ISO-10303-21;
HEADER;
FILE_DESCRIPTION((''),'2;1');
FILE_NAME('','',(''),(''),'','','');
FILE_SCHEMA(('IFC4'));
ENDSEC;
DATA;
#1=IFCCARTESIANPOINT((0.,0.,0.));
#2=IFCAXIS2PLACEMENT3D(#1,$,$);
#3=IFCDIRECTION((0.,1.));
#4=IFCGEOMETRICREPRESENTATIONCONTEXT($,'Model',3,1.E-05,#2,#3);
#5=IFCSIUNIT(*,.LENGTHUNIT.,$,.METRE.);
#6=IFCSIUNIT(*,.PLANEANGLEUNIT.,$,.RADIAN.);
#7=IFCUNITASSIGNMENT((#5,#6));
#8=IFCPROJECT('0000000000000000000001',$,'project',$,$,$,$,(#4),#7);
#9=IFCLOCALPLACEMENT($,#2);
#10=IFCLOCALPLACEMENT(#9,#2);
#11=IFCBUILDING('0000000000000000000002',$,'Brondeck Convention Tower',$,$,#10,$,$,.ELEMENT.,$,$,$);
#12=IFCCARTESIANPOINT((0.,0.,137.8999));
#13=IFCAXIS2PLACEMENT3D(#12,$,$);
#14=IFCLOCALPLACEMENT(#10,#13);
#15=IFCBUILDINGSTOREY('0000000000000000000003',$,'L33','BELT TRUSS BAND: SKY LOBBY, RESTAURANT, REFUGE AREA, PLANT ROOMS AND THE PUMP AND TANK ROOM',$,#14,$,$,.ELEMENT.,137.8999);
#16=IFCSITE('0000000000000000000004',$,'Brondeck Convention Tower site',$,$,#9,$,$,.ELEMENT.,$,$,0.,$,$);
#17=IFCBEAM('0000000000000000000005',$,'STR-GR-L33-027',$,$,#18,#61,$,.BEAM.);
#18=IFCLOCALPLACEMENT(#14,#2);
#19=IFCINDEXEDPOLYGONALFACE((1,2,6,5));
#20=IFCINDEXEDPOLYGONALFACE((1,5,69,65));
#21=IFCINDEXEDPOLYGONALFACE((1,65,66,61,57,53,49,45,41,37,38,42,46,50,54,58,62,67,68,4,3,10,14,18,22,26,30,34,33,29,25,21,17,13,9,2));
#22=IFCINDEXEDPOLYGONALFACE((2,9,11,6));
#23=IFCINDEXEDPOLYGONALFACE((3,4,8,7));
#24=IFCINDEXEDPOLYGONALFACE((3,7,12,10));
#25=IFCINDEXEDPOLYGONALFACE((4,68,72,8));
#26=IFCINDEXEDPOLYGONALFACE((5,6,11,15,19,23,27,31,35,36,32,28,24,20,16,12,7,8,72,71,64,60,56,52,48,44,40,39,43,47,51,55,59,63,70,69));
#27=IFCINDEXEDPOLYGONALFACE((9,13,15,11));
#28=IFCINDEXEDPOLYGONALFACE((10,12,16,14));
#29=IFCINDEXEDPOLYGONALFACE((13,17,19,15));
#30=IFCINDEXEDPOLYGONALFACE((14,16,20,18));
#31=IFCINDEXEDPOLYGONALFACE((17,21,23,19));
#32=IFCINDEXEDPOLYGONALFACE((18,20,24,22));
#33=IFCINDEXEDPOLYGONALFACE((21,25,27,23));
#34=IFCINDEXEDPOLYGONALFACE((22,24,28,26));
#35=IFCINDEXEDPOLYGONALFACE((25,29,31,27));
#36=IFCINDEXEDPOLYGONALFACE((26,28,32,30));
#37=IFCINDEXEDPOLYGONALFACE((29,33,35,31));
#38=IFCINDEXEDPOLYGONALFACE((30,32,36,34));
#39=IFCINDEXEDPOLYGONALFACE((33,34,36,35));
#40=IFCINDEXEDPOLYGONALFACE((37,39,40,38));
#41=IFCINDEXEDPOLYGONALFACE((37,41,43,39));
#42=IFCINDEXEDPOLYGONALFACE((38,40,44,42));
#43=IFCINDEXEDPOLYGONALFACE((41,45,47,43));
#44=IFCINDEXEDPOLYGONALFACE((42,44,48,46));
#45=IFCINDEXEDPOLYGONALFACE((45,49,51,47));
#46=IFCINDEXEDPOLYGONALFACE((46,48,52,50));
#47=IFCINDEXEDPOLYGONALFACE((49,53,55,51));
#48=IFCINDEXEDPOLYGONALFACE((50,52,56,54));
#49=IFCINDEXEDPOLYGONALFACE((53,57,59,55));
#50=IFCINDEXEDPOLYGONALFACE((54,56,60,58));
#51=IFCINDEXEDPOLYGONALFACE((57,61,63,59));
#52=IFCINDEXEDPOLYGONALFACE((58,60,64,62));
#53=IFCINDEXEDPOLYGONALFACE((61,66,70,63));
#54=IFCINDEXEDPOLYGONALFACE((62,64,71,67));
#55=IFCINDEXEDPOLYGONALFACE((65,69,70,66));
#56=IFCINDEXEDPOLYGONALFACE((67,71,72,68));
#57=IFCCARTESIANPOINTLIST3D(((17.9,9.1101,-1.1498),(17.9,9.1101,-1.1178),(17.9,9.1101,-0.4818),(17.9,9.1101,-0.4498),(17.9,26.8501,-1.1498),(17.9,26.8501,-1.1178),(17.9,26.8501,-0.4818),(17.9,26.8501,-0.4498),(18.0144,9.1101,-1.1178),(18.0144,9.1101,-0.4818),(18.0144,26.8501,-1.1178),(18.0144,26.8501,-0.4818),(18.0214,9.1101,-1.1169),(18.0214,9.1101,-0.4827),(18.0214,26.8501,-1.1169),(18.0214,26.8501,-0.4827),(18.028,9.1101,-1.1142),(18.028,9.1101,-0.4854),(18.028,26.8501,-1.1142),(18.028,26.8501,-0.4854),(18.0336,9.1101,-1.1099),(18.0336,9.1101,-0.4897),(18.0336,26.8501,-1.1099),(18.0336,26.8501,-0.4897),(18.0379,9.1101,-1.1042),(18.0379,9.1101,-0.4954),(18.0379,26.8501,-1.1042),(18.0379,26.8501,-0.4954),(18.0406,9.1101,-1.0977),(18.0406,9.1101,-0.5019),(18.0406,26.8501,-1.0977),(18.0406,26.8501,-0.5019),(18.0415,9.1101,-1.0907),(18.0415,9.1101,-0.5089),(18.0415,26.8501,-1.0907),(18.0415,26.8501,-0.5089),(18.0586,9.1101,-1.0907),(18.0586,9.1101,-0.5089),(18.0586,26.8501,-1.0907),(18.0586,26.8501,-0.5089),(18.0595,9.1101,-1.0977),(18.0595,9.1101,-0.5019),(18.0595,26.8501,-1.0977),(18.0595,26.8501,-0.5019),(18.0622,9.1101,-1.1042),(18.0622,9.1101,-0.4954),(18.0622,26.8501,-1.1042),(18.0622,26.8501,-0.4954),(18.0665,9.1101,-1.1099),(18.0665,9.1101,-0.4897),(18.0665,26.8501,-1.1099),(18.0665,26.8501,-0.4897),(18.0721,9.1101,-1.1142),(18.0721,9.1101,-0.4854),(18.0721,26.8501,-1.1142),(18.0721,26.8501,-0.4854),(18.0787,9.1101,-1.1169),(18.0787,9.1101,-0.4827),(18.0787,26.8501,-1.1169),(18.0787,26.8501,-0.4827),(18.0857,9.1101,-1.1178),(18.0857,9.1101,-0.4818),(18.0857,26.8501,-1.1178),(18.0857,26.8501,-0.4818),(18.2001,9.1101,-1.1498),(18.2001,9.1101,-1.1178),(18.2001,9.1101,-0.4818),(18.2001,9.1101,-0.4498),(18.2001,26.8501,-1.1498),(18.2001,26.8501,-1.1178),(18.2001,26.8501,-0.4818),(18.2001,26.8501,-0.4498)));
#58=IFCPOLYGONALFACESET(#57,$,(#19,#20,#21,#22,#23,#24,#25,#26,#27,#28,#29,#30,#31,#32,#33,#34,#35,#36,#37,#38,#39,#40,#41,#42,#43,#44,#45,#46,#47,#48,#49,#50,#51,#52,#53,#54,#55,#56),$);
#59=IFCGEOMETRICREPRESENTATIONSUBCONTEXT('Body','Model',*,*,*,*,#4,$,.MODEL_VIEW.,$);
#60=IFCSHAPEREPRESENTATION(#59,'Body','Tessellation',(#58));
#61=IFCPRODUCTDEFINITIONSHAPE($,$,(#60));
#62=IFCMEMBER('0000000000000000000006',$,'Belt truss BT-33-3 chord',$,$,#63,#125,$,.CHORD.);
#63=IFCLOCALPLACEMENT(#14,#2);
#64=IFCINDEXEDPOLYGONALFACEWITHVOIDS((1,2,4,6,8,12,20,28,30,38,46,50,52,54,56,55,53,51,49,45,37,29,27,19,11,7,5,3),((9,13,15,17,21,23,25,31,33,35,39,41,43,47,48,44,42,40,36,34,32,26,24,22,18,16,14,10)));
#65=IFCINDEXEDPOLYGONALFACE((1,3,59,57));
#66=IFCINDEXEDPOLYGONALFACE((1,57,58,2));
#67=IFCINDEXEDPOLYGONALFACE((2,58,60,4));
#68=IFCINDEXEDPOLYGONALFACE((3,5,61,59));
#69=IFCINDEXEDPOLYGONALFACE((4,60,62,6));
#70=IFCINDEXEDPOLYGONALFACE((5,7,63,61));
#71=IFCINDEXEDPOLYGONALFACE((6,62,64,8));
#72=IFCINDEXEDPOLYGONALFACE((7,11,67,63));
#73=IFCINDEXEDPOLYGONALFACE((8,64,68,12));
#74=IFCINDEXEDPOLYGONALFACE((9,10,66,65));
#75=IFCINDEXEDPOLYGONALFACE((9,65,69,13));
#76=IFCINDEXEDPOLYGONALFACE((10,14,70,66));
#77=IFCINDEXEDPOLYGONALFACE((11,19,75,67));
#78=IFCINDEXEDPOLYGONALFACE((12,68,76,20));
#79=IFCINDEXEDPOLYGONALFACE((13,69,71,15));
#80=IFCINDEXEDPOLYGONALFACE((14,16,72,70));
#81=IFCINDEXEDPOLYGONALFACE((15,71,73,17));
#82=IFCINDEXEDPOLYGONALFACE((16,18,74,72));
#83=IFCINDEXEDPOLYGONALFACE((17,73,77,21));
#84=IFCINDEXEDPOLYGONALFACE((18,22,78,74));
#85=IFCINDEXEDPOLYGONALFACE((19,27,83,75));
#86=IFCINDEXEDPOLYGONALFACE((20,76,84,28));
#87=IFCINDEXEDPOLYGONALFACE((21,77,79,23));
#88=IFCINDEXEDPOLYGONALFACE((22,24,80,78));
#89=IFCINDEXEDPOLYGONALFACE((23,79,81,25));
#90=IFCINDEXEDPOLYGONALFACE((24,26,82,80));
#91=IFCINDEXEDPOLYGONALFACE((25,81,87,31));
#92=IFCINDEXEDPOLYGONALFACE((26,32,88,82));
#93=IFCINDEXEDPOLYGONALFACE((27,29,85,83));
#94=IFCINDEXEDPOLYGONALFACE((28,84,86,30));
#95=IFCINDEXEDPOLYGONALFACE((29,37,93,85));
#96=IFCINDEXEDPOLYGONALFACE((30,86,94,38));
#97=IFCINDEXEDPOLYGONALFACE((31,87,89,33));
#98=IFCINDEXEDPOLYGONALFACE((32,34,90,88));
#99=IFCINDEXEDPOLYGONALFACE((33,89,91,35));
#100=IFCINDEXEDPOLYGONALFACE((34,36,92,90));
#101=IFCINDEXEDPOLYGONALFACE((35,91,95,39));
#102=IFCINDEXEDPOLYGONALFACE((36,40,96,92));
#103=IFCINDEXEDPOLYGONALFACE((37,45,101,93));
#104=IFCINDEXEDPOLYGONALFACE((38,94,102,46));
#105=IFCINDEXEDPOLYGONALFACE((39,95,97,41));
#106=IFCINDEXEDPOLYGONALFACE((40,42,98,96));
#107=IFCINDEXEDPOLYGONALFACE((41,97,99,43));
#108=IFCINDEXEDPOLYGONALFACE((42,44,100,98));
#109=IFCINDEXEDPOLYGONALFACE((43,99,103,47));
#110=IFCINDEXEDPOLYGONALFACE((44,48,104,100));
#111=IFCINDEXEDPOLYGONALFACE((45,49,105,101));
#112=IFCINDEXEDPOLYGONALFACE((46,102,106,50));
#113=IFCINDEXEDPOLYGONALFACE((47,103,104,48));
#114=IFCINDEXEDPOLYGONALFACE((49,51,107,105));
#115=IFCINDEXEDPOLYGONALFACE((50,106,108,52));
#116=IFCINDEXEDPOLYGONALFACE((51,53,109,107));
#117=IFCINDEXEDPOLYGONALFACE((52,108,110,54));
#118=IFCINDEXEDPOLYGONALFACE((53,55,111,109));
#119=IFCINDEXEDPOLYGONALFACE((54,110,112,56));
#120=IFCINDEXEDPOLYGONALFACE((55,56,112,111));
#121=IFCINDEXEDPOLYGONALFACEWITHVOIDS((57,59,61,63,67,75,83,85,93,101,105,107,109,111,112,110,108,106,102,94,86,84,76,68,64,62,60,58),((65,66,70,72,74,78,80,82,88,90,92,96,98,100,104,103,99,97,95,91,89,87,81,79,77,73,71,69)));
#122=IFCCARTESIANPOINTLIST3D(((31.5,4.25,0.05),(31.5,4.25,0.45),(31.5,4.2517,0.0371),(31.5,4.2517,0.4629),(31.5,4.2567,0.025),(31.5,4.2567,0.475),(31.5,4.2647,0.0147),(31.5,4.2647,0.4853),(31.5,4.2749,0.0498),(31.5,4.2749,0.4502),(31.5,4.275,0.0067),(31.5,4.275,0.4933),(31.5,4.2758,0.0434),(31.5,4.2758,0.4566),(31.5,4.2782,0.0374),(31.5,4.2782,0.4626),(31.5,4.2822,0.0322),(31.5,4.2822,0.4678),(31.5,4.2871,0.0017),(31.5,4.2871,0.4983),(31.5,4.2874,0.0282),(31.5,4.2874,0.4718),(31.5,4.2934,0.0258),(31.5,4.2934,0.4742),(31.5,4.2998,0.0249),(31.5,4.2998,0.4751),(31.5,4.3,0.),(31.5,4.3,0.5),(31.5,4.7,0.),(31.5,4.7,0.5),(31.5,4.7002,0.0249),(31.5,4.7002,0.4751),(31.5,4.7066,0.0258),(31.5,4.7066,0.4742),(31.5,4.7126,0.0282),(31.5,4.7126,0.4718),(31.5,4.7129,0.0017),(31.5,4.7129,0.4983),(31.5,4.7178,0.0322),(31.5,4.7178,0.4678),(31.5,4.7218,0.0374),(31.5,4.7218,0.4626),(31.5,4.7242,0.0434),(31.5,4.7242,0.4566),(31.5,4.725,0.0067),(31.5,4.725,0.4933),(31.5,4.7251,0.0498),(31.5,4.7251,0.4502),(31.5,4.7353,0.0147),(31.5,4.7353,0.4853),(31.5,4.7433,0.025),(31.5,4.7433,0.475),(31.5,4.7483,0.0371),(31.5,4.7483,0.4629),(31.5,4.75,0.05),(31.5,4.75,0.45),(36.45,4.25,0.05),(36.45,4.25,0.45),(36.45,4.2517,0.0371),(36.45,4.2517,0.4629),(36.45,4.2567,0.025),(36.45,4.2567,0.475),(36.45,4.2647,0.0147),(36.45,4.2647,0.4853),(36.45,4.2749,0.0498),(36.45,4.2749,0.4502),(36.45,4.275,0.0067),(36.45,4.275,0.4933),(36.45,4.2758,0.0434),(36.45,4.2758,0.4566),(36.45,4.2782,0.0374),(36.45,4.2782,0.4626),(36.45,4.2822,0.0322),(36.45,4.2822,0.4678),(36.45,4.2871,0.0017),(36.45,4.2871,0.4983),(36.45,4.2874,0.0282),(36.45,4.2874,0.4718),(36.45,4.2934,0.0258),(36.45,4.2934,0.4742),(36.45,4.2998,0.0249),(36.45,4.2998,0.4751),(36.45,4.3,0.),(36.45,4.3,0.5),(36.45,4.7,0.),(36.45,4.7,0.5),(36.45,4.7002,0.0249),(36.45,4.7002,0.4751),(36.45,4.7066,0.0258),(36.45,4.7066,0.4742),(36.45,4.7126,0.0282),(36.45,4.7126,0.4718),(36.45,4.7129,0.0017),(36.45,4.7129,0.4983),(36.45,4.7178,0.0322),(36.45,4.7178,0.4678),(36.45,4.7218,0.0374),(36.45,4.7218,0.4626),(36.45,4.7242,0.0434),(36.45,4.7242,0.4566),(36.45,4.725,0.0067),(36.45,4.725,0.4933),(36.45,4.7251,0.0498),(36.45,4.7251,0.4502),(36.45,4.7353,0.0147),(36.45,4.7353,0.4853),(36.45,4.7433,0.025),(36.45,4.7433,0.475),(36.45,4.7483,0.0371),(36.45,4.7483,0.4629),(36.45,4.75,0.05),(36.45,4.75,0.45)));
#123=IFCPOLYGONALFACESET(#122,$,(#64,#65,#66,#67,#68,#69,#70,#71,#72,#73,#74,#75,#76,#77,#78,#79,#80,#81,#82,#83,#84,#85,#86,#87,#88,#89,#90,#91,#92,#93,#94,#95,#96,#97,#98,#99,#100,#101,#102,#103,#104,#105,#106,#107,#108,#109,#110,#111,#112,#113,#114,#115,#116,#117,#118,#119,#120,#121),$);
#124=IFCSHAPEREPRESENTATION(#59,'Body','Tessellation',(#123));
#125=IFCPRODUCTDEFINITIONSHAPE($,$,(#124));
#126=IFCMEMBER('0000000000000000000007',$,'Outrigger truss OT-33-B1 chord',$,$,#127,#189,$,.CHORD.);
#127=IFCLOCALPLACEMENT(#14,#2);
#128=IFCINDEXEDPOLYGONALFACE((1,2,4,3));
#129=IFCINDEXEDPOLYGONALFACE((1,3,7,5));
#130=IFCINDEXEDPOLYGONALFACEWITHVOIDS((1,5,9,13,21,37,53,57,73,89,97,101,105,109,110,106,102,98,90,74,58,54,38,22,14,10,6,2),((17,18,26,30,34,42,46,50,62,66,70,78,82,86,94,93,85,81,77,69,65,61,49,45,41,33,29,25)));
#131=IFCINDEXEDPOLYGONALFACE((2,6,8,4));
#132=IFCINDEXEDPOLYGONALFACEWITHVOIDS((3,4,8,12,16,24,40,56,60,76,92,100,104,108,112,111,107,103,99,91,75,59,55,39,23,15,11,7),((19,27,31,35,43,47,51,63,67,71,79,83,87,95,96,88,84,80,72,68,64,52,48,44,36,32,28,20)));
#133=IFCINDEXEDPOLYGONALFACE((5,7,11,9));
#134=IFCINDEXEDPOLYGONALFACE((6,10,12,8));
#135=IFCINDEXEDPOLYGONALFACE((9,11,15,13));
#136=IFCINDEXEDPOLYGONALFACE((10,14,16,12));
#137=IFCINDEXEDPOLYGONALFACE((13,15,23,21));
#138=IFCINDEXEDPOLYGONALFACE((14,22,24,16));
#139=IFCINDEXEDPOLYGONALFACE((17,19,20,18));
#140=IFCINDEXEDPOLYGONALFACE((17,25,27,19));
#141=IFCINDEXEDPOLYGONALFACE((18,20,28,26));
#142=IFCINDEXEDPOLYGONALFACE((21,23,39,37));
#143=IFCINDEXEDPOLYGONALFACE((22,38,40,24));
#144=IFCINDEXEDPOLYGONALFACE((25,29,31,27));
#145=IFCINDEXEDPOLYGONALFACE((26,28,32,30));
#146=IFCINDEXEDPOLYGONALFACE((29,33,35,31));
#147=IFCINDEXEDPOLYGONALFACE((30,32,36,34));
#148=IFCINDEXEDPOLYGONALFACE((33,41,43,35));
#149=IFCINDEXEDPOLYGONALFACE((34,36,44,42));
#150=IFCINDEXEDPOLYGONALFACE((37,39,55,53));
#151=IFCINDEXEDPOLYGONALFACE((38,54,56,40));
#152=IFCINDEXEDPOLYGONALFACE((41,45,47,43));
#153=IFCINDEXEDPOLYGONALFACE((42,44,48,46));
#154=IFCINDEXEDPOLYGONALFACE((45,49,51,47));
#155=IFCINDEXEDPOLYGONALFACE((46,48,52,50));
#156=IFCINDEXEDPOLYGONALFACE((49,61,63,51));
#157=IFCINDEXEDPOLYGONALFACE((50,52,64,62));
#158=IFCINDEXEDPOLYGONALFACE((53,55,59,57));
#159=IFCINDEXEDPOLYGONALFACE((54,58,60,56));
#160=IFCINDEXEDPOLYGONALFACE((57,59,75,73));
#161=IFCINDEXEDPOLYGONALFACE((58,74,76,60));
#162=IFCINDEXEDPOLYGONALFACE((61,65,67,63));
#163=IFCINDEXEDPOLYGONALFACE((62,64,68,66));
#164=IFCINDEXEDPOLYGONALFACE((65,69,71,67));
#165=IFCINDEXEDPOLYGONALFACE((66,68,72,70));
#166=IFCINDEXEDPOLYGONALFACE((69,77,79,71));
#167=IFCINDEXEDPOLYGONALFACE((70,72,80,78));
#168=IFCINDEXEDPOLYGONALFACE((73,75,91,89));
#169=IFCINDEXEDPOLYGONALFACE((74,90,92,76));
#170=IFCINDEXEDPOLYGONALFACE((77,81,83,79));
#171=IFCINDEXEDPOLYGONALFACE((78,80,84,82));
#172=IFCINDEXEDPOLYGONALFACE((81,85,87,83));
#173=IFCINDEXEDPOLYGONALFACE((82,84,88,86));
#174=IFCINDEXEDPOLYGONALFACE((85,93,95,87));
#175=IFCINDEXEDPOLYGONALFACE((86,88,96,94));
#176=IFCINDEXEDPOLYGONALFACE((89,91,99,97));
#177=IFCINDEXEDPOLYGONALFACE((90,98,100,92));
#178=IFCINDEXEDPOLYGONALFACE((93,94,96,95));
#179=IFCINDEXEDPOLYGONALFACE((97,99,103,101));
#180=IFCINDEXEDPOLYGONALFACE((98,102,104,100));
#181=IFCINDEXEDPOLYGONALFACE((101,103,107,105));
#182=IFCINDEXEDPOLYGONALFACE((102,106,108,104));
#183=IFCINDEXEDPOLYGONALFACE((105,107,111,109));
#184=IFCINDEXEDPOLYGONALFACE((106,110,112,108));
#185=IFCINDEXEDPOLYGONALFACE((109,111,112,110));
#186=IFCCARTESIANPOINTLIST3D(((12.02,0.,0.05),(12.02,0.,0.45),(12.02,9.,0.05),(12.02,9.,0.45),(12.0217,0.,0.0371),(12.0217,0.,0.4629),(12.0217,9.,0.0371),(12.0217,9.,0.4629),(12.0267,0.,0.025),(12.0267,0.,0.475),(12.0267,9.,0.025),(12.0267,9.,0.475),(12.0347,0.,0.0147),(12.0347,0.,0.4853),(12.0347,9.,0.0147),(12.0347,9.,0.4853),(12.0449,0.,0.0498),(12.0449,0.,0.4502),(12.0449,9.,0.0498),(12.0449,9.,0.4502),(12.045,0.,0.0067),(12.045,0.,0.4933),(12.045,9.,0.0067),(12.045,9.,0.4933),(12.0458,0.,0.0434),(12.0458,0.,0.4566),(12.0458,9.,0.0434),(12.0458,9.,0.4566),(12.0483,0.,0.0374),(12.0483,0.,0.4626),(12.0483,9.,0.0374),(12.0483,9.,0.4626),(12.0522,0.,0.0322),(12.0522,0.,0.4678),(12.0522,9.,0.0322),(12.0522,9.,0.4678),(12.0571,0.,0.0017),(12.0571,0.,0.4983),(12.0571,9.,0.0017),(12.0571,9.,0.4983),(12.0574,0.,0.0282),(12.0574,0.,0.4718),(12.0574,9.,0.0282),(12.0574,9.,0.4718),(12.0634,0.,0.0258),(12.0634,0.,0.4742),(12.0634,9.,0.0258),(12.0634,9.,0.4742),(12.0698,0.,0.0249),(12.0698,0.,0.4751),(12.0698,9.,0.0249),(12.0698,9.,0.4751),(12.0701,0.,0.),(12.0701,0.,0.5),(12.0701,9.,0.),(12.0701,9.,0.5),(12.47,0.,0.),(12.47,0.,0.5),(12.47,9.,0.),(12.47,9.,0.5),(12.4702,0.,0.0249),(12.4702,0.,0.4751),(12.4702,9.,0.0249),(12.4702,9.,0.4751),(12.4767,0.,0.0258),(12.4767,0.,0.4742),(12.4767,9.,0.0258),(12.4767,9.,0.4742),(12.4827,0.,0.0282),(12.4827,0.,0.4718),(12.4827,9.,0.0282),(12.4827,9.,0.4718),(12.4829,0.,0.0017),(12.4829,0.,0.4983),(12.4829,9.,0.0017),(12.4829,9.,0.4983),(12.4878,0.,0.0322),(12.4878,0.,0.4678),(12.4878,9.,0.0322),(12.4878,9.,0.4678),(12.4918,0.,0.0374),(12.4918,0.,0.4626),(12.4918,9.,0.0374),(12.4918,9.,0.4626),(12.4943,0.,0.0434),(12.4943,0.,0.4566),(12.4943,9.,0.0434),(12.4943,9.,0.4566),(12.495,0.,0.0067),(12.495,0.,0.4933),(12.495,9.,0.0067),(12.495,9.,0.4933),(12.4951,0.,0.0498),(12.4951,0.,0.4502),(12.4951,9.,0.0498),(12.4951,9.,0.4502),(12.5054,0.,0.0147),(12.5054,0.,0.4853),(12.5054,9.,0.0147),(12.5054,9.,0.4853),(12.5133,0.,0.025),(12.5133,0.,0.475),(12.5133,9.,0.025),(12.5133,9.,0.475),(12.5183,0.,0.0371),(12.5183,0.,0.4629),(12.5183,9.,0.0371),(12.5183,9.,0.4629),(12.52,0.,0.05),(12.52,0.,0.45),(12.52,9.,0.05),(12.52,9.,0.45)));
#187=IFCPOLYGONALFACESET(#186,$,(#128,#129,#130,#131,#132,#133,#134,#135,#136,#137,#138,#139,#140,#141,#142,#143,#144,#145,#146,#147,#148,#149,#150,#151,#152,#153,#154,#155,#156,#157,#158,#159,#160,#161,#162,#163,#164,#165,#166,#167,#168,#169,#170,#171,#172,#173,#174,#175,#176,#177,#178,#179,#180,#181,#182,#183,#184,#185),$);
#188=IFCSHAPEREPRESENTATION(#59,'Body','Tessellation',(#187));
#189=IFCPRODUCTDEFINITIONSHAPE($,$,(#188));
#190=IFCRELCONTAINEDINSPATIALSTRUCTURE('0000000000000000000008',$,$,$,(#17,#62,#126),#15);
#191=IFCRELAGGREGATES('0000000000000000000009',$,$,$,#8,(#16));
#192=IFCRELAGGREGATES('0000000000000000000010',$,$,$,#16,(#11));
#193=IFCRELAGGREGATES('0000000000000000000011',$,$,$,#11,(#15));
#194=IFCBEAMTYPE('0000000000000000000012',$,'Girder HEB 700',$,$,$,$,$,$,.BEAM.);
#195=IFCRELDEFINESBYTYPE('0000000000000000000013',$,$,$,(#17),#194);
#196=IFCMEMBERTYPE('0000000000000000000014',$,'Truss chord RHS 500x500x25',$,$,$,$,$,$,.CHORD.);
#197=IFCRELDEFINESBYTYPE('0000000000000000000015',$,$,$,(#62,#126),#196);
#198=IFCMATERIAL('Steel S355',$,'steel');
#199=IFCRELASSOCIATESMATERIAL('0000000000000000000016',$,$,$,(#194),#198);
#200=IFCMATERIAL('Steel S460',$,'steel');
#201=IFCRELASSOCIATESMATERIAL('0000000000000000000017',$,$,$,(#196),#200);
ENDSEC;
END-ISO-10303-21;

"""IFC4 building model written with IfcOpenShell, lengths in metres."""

from ifc_helpers import new_model, si_unit, direction, frame, origin, origin_2d, place, context, subcontext, project, spatial, hollow_rectangle, i_section, extrude, material, material_profile, profile_set, type_object, element, save


model = new_model("IFC4")

# Units and contexts
model_context = context("Model", 3, precision=1e-05, world=origin(), true_north=direction((0.0, 1.0)))
body_context = subcontext(model_context, "Body", "Model", "MODEL_VIEW")
ifc_project = project(units=[si_unit("LENGTHUNIT", "METRE"), si_unit("PLANEANGLEUNIT", "RADIAN")], contexts=[model_context])

# Site, building, storey
site_placement = place(None, origin())
site = spatial("IfcSite", under=ifc_project, at=site_placement, Name="Brondeck Convention Tower site", CompositionType="ELEMENT", RefElevation=0.0)
building_placement = place(site_placement, origin())
building = spatial("IfcBuilding", under=site, at=building_placement, Name="Brondeck Convention Tower", CompositionType="ELEMENT")
storey_placement = place(building_placement, frame((0.0, 0.0, 137.8999)))
storey = spatial("IfcBuildingStorey", under=building, at=storey_placement, Name="L33", Description="BELT TRUSS BAND: SKY LOBBY, RESTAURANT, REFUGE AREA, PLANT ROOMS AND THE PUMP AND TANK ROOM", CompositionType="ELEMENT", Elevation=137.8999)

# Shared definitions
ifc_material_1 = material(Name="Steel S460", Category="steel")

# Beam
ifc_material_2 = material(Name="Steel S355", Category="steel")
ifc_material_profile_1 = material_profile(ifc_material_2, i_section(OverallWidth=0.3, OverallDepth=0.7, WebThickness=0.0171, FlangeThickness=0.032, FilletRadius=0.0271, at=origin_2d()), Name="HEB 700")
ifc_profile_set_1 = profile_set([ifc_material_profile_1], Name="Steel S355")
beam_type_1 = type_object("IfcBeamType", Name="Girder HEB 700", PredefinedType="BEAM", material=ifc_profile_set_1)
for number, where, z_axis, x_axis, name in (
    (1, (18.05, 9.1101, -0.7998), (0.0, 1.0, 0.0), (-1.0, 0.0, 0.0), "STR-GR-L33-027"),
):
    element("IfcBeam", number, at=place(storey_placement, frame(where, z_axis=z_axis, x_axis=x_axis)), inside=storey, type_object=beam_type_1, Name=name, PredefinedType="BEAM", context=body_context, shape_type="SweptSolid", body=[
        extrude(i_section(OverallWidth=0.3, OverallDepth=0.7, WebThickness=0.0171, FlangeThickness=0.032, FilletRadius=0.0271, at=origin_2d()), origin(), (0.0, 0.0, 1.0), 17.74),
    ])

# Members
ifc_material_profile_2 = material_profile(ifc_material_1, hollow_rectangle(XDim=0.5, YDim=0.5, WallThickness=0.0249, InnerFilletRadius=0.0249, OuterFilletRadius=0.05, at=origin_2d()), Name="RHS 500x500x25")
ifc_profile_set_2 = profile_set([ifc_material_profile_2], Name="Steel S460")
member_type_1 = type_object("IfcMemberType", Name="Truss chord RHS 500x500x25", PredefinedType="CHORD", material=ifc_profile_set_2)
member_1_placement = place(storey_placement, frame((31.5, 4.5, 0.25), z_axis=(1.0, 0.0, 0.0), x_axis=(0.0, 1.0, 0.0)))
element("IfcMember", 2, at=member_1_placement, inside=storey, type_object=member_type_1, Name="Belt truss BT-33-3 chord", PredefinedType="CHORD", context=body_context, shape_type="SweptSolid", body=[
    extrude(hollow_rectangle(XDim=0.5, YDim=0.5, WallThickness=0.0249, InnerFilletRadius=0.0249, OuterFilletRadius=0.05, at=origin_2d()), origin(), (0.0, 0.0, 1.0), 4.95),
])
member_2_placement = place(storey_placement, frame((12.27, 9.0, 0.25), z_axis=(0.0, -1.0, 0.0), x_axis=(1.0, 0.0, 0.0)))
element("IfcMember", 3, at=member_2_placement, inside=storey, type_object=member_type_1, Name="Outrigger truss OT-33-B1 chord", PredefinedType="CHORD", context=body_context, shape_type="SweptSolid", body=[
    extrude(hollow_rectangle(XDim=0.5, YDim=0.5, WallThickness=0.0249, InnerFilletRadius=0.0249, OuterFilletRadius=0.05, at=origin_2d()), origin(), (0.0, 0.0, 1.0), 9.0),
])

save(model, "model.ifc")
